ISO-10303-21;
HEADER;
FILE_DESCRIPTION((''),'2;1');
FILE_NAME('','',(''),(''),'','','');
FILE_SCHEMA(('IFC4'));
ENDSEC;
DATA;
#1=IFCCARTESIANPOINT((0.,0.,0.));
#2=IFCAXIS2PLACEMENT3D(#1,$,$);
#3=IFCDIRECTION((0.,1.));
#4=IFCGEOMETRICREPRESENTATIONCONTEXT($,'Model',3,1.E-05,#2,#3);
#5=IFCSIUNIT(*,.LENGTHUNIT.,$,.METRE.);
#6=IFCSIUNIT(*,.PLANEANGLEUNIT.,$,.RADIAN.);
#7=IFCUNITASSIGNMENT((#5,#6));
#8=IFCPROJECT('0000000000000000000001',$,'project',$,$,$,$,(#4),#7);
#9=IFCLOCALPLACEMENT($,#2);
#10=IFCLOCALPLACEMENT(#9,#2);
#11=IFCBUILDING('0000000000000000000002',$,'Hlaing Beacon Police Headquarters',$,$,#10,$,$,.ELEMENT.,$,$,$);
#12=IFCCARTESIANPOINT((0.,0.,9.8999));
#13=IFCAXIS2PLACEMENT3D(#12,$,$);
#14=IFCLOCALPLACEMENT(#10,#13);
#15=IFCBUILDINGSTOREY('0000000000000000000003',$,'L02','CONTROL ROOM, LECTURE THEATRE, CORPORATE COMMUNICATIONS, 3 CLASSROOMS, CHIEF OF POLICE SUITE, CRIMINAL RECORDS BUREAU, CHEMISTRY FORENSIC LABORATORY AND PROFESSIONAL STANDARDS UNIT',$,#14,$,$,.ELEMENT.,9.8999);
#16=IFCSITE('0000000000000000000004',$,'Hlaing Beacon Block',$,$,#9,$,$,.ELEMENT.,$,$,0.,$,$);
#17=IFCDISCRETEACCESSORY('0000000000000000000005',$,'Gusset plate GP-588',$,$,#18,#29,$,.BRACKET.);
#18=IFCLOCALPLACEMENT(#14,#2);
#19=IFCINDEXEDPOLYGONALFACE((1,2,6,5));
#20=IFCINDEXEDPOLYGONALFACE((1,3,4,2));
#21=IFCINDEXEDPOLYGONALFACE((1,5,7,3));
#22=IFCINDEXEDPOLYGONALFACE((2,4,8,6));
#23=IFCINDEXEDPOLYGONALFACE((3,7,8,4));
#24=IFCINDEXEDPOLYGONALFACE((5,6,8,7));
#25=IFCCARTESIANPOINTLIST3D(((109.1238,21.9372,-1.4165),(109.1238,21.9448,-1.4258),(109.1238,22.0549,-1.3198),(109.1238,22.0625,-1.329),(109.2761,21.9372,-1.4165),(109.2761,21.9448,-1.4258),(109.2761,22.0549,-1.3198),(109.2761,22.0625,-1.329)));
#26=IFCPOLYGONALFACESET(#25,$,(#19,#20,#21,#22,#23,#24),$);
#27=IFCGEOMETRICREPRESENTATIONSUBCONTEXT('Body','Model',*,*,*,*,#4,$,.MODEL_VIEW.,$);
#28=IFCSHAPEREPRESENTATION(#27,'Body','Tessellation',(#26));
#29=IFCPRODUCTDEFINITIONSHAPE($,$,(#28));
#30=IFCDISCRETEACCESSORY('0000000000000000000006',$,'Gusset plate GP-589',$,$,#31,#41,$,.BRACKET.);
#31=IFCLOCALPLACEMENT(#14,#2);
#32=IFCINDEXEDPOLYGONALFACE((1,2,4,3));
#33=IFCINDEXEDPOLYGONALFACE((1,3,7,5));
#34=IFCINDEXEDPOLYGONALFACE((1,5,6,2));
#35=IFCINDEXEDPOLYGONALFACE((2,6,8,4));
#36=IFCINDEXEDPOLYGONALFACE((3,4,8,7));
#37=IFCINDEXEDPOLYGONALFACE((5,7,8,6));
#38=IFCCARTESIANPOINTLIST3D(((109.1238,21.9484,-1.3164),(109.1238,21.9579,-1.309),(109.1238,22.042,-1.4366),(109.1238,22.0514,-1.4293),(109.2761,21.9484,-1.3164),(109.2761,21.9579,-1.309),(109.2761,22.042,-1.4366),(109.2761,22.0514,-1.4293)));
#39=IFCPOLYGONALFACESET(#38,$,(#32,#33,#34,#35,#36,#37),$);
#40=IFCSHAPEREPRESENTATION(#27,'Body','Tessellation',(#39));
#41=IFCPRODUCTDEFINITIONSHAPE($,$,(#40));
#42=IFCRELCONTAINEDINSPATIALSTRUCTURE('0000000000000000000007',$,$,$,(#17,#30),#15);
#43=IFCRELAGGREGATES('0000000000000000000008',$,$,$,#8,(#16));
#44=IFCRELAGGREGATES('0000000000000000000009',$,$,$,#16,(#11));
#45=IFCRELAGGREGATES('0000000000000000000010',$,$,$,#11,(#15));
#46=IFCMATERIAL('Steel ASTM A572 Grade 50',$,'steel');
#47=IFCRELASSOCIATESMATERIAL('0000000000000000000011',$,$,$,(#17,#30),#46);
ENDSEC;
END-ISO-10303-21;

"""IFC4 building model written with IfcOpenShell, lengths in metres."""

from ifc_helpers import new_model, si_unit, direction, frame, origin, origin_2d, place, context, subcontext, project, spatial, rectangle, extrude, material, element, save


model = new_model("IFC4")

# Units and contexts
model_context = context("Model", 3, precision=1e-05, world=origin(), true_north=direction((0.0, 1.0)))
body_context = subcontext(model_context, "Body", "Model", "MODEL_VIEW")
ifc_project = project(units=[si_unit("LENGTHUNIT", "METRE"), si_unit("PLANEANGLEUNIT", "RADIAN")], contexts=[model_context])

# Site, building, storey
site_placement = place(None, origin())
site = spatial("IfcSite", under=ifc_project, at=site_placement, Name="Hlaing Beacon Block", CompositionType="ELEMENT", RefElevation=0.0)
building_placement = place(site_placement, origin())
building = spatial("IfcBuilding", under=site, at=building_placement, Name="Hlaing Beacon Police Headquarters", CompositionType="ELEMENT")
storey_placement = place(building_placement, frame((0.0, 0.0, 9.8999)))
storey = spatial("IfcBuildingStorey", under=building, at=storey_placement, Name="L02", Description="CONTROL ROOM, LECTURE THEATRE, CORPORATE COMMUNICATIONS, 3 CLASSROOMS, CHIEF OF POLICE SUITE, CRIMINAL RECORDS BUREAU, CHEMISTRY FORENSIC LABORATORY AND PROFESSIONAL STANDARDS UNIT", CompositionType="ELEMENT", Elevation=9.8999)

# Discrete accessories
ifc_material_1 = material(Name="Steel ASTM A572 Grade 50", Category="steel")
for number, where, z_axis, x_axis, name in (
    (1, (109.2, 21.9961, -1.3682), (0.0, 0.634949, -0.772554), (-1.0, 0.0, 0.0), "Gusset plate GP-588"),
    (2, (109.2, 22.0046, -1.3691), (0.0, -0.78927, -0.614046), (1.0, 0.0, 0.0), "Gusset plate GP-589"),
):
    element("IfcDiscreteAccessory", number, at=place(storey_placement, frame(where, z_axis=z_axis, x_axis=x_axis)), inside=storey, material=ifc_material_1, Name=name, PredefinedType="BRACKET", context=body_context, shape_type="SweptSolid", body=[
        extrude(rectangle(XDim=0.1523, YDim=0.1523, at=origin_2d()), origin(), (0.0, 0.0, 1.0), 0.012),
    ])

save(model, "model.ifc")
